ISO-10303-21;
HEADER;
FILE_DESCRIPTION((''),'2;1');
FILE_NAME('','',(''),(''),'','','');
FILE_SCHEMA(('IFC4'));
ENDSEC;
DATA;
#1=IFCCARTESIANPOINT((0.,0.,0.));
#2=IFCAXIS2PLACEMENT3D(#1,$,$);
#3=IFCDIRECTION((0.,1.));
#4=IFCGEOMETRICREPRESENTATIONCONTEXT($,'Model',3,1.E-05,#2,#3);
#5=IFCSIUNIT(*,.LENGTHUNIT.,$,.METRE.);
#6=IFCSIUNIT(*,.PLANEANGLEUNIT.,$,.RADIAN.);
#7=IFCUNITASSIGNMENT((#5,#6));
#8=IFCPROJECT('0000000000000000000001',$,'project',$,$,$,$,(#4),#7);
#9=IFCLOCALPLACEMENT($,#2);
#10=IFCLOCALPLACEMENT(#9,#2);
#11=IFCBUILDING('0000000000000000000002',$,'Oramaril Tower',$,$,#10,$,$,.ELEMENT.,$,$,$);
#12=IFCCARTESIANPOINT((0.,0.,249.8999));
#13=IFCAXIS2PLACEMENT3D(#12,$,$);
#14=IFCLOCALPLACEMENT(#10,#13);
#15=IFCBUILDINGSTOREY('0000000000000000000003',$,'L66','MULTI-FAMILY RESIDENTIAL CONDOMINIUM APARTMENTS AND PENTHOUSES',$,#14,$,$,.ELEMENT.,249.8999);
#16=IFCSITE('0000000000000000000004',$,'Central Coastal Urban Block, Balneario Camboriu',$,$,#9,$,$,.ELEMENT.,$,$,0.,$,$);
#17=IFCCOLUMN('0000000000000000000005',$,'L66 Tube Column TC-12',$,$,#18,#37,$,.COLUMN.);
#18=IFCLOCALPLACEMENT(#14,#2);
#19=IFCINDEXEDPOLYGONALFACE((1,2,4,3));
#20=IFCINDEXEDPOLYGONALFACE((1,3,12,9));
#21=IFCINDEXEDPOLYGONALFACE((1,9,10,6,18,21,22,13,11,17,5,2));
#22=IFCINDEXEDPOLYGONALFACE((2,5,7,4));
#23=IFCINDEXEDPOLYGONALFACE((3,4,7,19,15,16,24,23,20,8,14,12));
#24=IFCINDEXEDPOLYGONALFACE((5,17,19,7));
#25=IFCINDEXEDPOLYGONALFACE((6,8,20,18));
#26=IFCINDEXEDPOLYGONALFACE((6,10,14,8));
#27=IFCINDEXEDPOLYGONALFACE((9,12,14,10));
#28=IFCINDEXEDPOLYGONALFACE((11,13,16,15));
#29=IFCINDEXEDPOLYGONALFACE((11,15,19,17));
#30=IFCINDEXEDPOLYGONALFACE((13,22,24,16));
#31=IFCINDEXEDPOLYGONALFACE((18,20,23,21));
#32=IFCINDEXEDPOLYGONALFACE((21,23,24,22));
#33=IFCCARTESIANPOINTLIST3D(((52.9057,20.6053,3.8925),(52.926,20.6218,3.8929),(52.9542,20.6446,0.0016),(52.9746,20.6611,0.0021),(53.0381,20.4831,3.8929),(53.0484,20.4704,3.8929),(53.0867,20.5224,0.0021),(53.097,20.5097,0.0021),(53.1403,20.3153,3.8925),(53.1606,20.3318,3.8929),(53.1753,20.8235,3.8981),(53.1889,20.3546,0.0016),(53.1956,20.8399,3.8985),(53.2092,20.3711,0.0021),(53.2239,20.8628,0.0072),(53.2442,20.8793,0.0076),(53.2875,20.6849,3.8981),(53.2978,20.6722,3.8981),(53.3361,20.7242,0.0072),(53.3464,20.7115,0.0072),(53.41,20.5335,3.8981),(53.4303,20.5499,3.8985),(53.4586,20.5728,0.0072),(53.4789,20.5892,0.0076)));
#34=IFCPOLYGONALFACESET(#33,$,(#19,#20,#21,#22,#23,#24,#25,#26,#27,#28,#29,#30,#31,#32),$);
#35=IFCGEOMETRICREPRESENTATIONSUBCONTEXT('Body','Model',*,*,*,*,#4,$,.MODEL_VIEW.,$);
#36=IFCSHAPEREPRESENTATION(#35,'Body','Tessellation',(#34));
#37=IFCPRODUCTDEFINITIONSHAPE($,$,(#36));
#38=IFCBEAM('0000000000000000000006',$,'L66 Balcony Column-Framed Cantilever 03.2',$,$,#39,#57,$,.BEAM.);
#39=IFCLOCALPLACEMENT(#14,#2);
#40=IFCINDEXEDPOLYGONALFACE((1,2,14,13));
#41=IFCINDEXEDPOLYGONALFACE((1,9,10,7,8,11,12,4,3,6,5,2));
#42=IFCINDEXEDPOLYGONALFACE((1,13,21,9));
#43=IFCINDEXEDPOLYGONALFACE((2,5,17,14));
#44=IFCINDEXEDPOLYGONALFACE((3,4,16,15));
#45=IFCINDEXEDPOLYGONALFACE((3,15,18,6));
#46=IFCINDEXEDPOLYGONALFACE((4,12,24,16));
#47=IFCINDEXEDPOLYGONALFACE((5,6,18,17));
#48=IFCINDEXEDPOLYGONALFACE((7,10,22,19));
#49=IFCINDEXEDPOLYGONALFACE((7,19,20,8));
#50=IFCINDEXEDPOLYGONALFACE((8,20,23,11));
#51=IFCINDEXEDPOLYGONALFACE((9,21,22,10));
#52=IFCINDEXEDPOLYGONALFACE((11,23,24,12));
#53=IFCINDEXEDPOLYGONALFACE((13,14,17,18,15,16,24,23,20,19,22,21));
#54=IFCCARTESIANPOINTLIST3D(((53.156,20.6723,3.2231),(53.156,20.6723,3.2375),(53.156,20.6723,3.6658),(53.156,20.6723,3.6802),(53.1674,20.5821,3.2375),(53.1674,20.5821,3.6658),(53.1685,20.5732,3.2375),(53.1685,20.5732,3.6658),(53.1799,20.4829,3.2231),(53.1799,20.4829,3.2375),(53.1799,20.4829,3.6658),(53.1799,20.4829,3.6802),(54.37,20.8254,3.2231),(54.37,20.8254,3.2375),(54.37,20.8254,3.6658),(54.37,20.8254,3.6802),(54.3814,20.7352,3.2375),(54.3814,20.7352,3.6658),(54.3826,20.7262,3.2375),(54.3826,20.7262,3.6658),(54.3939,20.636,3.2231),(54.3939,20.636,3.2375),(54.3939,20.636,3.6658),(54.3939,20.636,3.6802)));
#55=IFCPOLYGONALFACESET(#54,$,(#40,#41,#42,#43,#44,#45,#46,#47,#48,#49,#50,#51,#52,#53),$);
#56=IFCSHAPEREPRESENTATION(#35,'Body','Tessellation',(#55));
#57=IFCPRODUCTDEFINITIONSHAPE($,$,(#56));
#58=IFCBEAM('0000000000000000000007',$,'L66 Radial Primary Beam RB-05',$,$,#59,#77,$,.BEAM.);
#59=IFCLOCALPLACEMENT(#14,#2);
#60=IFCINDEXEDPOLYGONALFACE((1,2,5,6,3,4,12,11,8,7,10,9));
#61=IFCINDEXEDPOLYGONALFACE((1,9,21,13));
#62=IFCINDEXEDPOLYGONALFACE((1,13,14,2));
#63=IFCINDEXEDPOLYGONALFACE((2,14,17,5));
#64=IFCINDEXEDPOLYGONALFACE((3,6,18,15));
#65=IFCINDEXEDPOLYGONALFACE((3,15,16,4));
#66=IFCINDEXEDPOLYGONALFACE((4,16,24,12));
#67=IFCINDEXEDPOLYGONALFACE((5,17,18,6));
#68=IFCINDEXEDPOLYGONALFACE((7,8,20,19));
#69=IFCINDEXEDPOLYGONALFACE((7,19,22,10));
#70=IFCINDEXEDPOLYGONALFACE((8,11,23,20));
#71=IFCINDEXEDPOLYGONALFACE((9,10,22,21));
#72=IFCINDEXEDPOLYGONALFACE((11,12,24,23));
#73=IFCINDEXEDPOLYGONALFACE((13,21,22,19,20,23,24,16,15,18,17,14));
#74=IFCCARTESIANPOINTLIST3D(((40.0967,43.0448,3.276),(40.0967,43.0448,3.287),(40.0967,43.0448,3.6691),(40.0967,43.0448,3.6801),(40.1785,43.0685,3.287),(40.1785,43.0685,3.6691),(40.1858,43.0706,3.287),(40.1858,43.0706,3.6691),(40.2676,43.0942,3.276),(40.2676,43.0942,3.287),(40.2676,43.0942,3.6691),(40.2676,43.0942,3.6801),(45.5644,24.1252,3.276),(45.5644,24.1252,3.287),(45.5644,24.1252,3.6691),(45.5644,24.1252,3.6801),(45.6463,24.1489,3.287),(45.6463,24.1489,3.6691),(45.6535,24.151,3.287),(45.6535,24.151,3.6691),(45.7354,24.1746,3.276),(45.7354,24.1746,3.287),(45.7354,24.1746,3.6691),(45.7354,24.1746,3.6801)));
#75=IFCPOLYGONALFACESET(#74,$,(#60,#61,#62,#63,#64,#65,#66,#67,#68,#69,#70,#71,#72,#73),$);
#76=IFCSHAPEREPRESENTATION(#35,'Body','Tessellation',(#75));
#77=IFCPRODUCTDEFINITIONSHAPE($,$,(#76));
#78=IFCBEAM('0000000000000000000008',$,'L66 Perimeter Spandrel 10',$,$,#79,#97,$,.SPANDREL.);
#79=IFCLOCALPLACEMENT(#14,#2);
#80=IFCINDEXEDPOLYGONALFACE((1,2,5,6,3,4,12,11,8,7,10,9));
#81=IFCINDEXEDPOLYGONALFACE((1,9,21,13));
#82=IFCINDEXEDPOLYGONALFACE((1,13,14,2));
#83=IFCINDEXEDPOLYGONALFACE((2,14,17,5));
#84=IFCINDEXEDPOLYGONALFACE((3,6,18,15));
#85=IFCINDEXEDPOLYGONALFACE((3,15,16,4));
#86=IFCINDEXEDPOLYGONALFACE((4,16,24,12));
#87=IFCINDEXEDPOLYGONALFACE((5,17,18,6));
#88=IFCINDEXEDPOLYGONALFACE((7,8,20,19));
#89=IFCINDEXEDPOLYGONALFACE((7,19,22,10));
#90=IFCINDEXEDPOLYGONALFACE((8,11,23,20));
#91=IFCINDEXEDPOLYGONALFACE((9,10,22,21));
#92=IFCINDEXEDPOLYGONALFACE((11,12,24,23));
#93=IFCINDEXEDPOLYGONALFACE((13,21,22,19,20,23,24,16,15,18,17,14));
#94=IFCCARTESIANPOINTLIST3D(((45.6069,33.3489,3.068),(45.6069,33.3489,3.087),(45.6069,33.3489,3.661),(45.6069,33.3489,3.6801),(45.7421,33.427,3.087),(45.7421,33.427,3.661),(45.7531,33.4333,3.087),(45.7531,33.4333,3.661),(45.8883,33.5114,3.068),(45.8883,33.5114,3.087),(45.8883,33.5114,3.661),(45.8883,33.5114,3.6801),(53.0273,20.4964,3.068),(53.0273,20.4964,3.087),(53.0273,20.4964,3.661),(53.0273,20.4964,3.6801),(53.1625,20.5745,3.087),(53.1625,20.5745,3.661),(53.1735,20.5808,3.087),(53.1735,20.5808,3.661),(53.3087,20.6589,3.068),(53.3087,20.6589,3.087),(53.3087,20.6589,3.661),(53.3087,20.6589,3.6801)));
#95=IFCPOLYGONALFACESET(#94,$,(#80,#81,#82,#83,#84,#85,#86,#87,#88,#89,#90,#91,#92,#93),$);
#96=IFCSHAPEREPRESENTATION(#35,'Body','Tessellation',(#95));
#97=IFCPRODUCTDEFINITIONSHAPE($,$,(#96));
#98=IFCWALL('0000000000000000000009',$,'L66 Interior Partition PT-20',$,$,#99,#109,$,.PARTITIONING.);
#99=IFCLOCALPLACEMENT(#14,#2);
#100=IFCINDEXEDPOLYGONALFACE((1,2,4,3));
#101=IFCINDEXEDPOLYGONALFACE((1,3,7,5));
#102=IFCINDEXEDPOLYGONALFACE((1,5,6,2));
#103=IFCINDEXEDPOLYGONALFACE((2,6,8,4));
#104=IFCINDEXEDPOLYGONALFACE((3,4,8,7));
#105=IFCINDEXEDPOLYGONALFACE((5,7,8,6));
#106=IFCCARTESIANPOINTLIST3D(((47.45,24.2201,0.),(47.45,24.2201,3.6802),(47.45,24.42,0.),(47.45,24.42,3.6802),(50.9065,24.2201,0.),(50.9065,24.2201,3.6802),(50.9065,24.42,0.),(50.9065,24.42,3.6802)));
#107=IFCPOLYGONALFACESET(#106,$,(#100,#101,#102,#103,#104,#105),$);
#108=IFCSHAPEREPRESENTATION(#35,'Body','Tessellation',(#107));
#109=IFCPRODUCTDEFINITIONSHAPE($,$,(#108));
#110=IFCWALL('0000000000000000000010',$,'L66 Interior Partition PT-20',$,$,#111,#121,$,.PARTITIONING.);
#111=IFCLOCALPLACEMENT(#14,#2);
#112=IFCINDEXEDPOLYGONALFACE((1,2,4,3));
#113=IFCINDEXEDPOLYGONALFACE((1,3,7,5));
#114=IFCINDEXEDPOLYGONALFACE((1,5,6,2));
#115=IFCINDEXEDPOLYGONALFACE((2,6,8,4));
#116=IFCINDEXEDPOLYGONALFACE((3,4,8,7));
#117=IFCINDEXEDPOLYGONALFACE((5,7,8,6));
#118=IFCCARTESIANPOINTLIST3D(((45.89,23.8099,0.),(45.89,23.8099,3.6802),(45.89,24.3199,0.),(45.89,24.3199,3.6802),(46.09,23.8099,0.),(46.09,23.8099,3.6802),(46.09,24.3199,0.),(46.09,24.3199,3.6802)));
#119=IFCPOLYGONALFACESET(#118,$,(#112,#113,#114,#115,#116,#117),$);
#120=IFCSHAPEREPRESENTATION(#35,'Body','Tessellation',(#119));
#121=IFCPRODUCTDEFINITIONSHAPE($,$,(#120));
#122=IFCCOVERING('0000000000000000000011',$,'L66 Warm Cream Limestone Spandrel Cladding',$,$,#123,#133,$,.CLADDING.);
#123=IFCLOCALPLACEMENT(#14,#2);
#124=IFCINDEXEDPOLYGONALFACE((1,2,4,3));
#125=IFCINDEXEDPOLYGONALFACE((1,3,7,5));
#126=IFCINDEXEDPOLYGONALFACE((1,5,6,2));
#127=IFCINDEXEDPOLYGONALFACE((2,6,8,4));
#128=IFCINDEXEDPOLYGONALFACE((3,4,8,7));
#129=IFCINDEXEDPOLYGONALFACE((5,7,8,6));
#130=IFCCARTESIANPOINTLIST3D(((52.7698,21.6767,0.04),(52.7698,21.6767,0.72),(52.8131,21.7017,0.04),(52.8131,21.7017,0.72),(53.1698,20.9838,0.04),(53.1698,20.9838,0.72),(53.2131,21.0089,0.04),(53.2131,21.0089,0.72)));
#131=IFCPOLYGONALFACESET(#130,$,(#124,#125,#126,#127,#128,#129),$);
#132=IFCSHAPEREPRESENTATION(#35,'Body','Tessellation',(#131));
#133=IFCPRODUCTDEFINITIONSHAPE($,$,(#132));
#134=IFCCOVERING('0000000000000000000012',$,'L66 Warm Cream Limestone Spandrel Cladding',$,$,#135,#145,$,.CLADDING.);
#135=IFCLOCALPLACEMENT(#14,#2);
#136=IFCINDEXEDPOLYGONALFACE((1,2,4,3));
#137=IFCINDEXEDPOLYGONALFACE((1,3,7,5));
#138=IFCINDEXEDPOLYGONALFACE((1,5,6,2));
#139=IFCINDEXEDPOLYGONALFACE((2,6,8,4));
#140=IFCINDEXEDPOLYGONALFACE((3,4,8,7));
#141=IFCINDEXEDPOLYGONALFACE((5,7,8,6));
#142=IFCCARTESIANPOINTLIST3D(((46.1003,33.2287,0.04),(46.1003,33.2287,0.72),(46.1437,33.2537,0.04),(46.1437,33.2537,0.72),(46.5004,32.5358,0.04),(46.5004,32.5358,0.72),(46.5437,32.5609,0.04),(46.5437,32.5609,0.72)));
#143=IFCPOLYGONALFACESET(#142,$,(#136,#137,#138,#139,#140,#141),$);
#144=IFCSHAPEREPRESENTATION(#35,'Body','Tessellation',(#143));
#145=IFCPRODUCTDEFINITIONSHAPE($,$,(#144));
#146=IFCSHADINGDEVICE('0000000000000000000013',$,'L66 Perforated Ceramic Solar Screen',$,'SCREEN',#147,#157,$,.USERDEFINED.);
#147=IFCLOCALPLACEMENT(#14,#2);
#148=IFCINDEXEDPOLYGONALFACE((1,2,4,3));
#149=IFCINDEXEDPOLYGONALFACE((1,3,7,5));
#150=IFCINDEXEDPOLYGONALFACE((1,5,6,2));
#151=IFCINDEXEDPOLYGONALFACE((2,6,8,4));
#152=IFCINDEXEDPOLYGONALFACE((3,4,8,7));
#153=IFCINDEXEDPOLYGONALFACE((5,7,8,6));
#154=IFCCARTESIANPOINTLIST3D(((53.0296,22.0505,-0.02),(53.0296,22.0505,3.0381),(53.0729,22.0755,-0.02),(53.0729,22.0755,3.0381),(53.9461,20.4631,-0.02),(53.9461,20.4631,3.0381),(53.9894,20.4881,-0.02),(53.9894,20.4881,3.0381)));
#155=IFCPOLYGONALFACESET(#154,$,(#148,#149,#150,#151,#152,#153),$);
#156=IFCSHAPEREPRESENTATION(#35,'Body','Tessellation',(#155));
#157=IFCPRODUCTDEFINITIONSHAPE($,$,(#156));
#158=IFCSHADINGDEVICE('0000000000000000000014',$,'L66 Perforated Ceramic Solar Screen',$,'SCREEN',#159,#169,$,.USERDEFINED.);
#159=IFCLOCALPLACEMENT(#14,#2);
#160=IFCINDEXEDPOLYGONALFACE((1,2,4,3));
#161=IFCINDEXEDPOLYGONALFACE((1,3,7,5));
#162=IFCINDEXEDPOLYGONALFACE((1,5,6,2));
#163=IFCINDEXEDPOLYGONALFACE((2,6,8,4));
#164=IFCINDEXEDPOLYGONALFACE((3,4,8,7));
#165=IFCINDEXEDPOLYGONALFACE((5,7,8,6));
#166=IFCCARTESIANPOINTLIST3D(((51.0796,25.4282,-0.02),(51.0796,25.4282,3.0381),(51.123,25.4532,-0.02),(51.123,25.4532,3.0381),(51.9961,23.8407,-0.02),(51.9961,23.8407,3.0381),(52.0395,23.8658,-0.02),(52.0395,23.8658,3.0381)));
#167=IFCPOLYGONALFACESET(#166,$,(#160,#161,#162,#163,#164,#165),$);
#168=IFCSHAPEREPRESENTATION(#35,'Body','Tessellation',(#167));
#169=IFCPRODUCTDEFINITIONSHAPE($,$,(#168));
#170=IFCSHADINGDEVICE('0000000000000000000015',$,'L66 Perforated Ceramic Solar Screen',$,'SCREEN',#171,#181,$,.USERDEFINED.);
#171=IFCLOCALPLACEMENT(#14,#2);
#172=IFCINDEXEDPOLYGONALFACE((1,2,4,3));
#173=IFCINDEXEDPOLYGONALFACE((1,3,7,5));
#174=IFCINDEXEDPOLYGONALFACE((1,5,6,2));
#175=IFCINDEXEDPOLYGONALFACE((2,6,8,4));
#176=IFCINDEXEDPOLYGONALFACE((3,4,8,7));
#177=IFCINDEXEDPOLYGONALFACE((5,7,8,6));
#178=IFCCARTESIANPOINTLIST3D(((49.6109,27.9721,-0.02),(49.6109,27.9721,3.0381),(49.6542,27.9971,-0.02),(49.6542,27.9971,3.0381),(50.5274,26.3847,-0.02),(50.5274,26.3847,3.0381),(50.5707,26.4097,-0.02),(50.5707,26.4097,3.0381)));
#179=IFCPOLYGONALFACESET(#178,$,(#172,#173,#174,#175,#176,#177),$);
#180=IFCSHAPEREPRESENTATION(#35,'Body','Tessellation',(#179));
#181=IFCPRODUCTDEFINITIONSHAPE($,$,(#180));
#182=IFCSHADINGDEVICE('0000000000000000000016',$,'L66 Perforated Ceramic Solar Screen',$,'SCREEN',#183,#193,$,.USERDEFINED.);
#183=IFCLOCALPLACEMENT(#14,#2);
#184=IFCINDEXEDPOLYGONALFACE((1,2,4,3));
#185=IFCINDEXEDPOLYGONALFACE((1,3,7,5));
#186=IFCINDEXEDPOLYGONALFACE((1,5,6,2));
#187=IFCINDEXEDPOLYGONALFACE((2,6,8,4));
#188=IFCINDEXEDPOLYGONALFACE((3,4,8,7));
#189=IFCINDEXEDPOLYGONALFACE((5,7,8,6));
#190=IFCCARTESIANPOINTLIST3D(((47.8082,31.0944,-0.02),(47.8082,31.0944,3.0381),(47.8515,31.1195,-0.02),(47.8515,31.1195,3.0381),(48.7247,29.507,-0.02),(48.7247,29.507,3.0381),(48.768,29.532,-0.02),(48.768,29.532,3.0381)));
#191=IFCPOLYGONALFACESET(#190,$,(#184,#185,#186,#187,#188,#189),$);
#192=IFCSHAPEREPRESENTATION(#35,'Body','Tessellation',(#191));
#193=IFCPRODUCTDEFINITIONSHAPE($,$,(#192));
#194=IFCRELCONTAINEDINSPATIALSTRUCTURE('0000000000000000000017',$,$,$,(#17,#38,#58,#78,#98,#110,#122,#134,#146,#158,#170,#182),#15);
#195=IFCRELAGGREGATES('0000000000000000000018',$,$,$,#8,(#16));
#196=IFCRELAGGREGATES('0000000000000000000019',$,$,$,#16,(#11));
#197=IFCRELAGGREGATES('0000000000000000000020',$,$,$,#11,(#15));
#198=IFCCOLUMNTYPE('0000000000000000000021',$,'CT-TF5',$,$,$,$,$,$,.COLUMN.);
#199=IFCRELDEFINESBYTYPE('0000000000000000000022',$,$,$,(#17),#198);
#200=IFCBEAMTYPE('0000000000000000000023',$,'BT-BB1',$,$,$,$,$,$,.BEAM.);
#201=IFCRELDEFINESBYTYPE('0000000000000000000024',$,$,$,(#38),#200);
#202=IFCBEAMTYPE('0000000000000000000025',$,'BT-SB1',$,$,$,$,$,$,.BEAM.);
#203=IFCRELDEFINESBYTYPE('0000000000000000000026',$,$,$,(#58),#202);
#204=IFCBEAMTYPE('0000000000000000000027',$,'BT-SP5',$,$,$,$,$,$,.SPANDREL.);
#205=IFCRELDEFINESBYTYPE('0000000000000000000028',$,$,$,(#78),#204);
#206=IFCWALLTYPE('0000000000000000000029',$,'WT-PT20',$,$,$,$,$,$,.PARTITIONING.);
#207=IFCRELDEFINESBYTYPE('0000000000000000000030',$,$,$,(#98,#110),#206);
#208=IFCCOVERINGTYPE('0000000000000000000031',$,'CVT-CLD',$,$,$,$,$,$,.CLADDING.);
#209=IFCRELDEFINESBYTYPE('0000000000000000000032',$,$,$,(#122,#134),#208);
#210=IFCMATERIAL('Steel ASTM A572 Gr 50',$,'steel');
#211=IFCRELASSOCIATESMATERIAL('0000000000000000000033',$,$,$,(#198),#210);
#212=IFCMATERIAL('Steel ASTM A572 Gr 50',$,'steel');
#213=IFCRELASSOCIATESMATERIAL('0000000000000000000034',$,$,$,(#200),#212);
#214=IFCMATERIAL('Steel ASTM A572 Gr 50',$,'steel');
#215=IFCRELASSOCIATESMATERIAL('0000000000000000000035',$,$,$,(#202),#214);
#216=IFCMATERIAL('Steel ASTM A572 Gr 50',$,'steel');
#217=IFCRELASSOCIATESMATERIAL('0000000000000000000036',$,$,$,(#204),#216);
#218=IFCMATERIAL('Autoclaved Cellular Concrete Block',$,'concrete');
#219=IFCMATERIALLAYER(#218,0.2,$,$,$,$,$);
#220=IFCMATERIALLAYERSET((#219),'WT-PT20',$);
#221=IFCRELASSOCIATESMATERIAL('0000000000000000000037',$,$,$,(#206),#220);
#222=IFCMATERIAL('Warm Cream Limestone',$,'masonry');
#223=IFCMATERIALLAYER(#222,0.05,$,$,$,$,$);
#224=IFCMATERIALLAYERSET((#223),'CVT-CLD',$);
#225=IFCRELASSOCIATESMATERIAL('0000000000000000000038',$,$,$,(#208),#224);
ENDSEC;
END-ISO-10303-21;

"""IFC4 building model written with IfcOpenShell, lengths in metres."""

from ifc_helpers import new_model, si_unit, direction, frame, frame_2d, origin, origin_2d, place, context, subcontext, project, spatial, rectangle, i_section, extrude, material, layer, layer_set, material_profile, profile_set, type_object, element, save


model = new_model("IFC4")

# Units and contexts
model_context = context("Model", 3, precision=1e-05, world=origin(), true_north=direction((0.0, 1.0)))
body_context = subcontext(model_context, "Body", "Model", "MODEL_VIEW")
ifc_project = project(units=[si_unit("LENGTHUNIT", "METRE"), si_unit("PLANEANGLEUNIT", "RADIAN")], contexts=[model_context])

# Site, building, storey
site_placement = place(None, origin())
site = spatial("IfcSite", under=ifc_project, at=site_placement, Name="Central Coastal Urban Block, Balneario Camboriu", CompositionType="ELEMENT", RefElevation=0.0)
building_placement = place(site_placement, origin())
building = spatial("IfcBuilding", under=site, at=building_placement, Name="Oramaril Tower", CompositionType="ELEMENT")
storey_placement = place(building_placement, frame((0.0, 0.0, 249.8999)))
storey = spatial("IfcBuildingStorey", under=building, at=storey_placement, Name="L66", Description="MULTI-FAMILY RESIDENTIAL CONDOMINIUM APARTMENTS AND PENTHOUSES", CompositionType="ELEMENT", Elevation=249.8999)

# Column
ifc_material_1 = material(Name="Steel ASTM A572 Gr 50", Category="steel")
ifc_material_profile_1 = material_profile(ifc_material_1, i_section(OverallWidth=0.373, OverallDepth=0.373, WebThickness=0.0164, FlangeThickness=0.0261, at=origin_2d()), Name="W14X132")
ifc_profile_set_1 = profile_set([ifc_material_profile_1], Name="Steel ASTM A572 Gr 50")
column_type = type_object("IfcColumnType", Name="CT-TF5", PredefinedType="COLUMN", material=ifc_profile_set_1)
column_placement = place(storey_placement, frame((53.2166, 20.6169, 0.0046), z_axis=(-0.012485, -0.010101, 0.999871), x_axis=(0.628973, -0.777427, 0.0)))
element("IfcColumn", 1, at=column_placement, inside=storey, type_object=column_type, Name="L66 Tube Column TC-12", PredefinedType="COLUMN", context=body_context, shape_type="SweptSolid", body=[
    extrude(i_section(OverallWidth=0.373, OverallDepth=0.373, WebThickness=0.0164, FlangeThickness=0.0261, at=origin_2d()), origin(), (0.0, 0.0, 1.0), 3.8914),
])

# Beams
ifc_material_2 = material(Name="Steel ASTM A572 Gr 50", Category="steel")
ifc_material_profile_2 = material_profile(ifc_material_2, i_section(OverallWidth=0.1909, OverallDepth=0.457, WebThickness=0.009, FlangeThickness=0.0144, at=origin_2d()), Name="W18X50")
ifc_profile_set_2 = profile_set([ifc_material_profile_2], Name="Steel ASTM A572 Gr 50")
beam_type_1 = type_object("IfcBeamType", Name="BT-BB1", PredefinedType="BEAM", material=ifc_profile_set_2)
beam_1_placement = place(storey_placement, frame((53.168, 20.5776, 3.4517), z_axis=(0.992145, 0.125091, 0.0), x_axis=(-0.125091, 0.992145, 0.0)))
element("IfcBeam", 2, at=beam_1_placement, inside=storey, type_object=beam_type_1, Name="L66 Balcony Column-Framed Cantilever 03.2", PredefinedType="BEAM", context=body_context, shape_type="SweptSolid", body=[
    extrude(i_section(OverallWidth=0.1909, OverallDepth=0.457, WebThickness=0.009, FlangeThickness=0.0144, at=origin_2d()), origin(), (0.0, 0.0, 1.0), 1.2236),
])
ifc_material_3 = material(Name="Steel ASTM A572 Gr 50", Category="steel")
ifc_material_profile_3 = material_profile(ifc_material_3, i_section(OverallWidth=0.178, OverallDepth=0.4041, WebThickness=0.0076, FlangeThickness=0.011, at=origin_2d()), Name="W16X36")
ifc_profile_set_3 = profile_set([ifc_material_profile_3], Name="Steel ASTM A572 Gr 50")
beam_type_2 = type_object("IfcBeamType", Name="BT-SB1", PredefinedType="BEAM", material=ifc_profile_set_3)
beam_2_placement = place(storey_placement, frame((45.6499, 24.1499, 3.478), z_axis=(-0.277638, 0.960686, 0.0), x_axis=(-0.960686, -0.277638, 0.0)))
element("IfcBeam", 3, at=beam_2_placement, inside=storey, type_object=beam_type_2, Name="L66 Radial Primary Beam RB-05", PredefinedType="BEAM", context=body_context, shape_type="SweptSolid", body=[
    extrude(i_section(OverallWidth=0.178, OverallDepth=0.4041, WebThickness=0.0076, FlangeThickness=0.011, at=origin_2d()), origin(), (0.0, 0.0, 1.0), 19.6938),
])
ifc_material_4 = material(Name="Steel ASTM A572 Gr 50", Category="steel")
ifc_material_profile_4 = material_profile(ifc_material_4, i_section(OverallWidth=0.325, OverallDepth=0.6121, WebThickness=0.0127, FlangeThickness=0.019, at=origin_2d()), Name="W24X104")
ifc_profile_set_4 = profile_set([ifc_material_profile_4], Name="Steel ASTM A572 Gr 50")
beam_type_3 = type_object("IfcBeamType", Name="BT-SP5", PredefinedType="SPANDREL", material=ifc_profile_set_4)
beam_3_placement = place(storey_placement, frame((53.168, 20.5776, 3.374), z_axis=(-0.5, 0.866026, 0.0), x_axis=(-0.866026, -0.5, 0.0)))
element("IfcBeam", 4, at=beam_3_placement, inside=storey, type_object=beam_type_3, Name="L66 Perimeter Spandrel 10", PredefinedType="SPANDREL", context=body_context, shape_type="SweptSolid", body=[
    extrude(i_section(OverallWidth=0.325, OverallDepth=0.6121, WebThickness=0.0127, FlangeThickness=0.019, at=origin_2d()), origin(), (0.0, 0.0, 1.0), 14.8408),
])

# Walls
ifc_material_5 = material(Name="Autoclaved Cellular Concrete Block", Category="concrete")
ifc_layer_1 = layer(ifc_material_5, 0.2)
ifc_layer_set_1 = layer_set([ifc_layer_1], Name="WT-PT20")
wall_type = type_object("IfcWallType", Name="WT-PT20", PredefinedType="PARTITIONING", material=ifc_layer_set_1)
wall_1_placement = place(storey_placement, frame((47.45, 24.3201, 0.0), z_axis=(0.0, 0.0, 1.0), x_axis=(1.0, 0.0, 0.0)))
element("IfcWall", 5, at=wall_1_placement, inside=storey, type_object=wall_type, Name="L66 Interior Partition PT-20", PredefinedType="PARTITIONING", context=body_context, shape_type="SweptSolid", body=[
    extrude(rectangle(XDim=3.4565, YDim=0.2, at=frame_2d((1.7283, 0.0))), origin(), (0.0, 0.0, 1.0), 3.6802),
])
wall_2_placement = place(storey_placement, frame((45.99, 23.8101, 0.0), z_axis=(0.0, 0.0, 1.0), x_axis=(0.0, 1.0, 0.0)))
element("IfcWall", 6, at=wall_2_placement, inside=storey, type_object=wall_type, Name="L66 Interior Partition PT-20", PredefinedType="PARTITIONING", context=body_context, shape_type="SweptSolid", body=[
    extrude(rectangle(XDim=0.51, YDim=0.2, at=frame_2d((0.2549, 0.0))), origin(), (0.0, 0.0, 1.0), 3.6802),
])

# Coverings
ifc_material_6 = material(Name="Warm Cream Limestone", Category="masonry")
ifc_layer_2 = layer(ifc_material_6, 0.05)
ifc_layer_set_2 = layer_set([ifc_layer_2], Name="CVT-CLD")
covering_type = type_object("IfcCoveringType", Name="CVT-CLD", PredefinedType="CLADDING", material=ifc_layer_set_2)
for number, where, z_axis, x_axis, name in (
    (7, (52.9915, 21.3428, 0.04), (0.0, 0.0, 1.0), (-0.499998, 0.866026, 0.0), "L66 Warm Cream Limestone Spandrel Cladding"),
    (8, (46.322, 32.8948, 0.04), (0.0, 0.0, 1.0), (-0.499998, 0.866026, 0.0), "L66 Warm Cream Limestone Spandrel Cladding"),
):
    element("IfcCovering", number, at=place(storey_placement, frame(where, z_axis=z_axis, x_axis=x_axis)), inside=storey, type_object=covering_type, Name=name, PredefinedType="CLADDING", context=body_context, shape_type="SweptSolid", body=[
        extrude(rectangle(XDim=0.8, YDim=0.05, at=origin_2d()), origin(), (0.0, 0.0, 1.0), 0.6799),
    ])

# Shading devices
for number, where, z_axis, x_axis, name in (
    (9, (53.5095, 21.2693, -0.02), (0.0, 0.0, 1.0), (-0.499998, 0.866026, 0.0), "L66 Perforated Ceramic Solar Screen"),
    (10, (51.5596, 24.647, -0.02), (0.0, 0.0, 1.0), (-0.499998, 0.866026, 0.0), "L66 Perforated Ceramic Solar Screen"),
    (11, (50.0908, 27.1909, -0.02), (0.0, 0.0, 1.0), (-0.499998, 0.866026, 0.0), "L66 Perforated Ceramic Solar Screen"),
    (12, (48.2881, 30.3132, -0.02), (0.0, 0.0, 1.0), (-0.499998, 0.866026, 0.0), "L66 Perforated Ceramic Solar Screen"),
):
    element("IfcShadingDevice", number, at=place(storey_placement, frame(where, z_axis=z_axis, x_axis=x_axis)), inside=storey, Name=name, ObjectType="SCREEN", PredefinedType="USERDEFINED", context=body_context, shape_type="SweptSolid", body=[
        extrude(rectangle(XDim=1.833, YDim=0.05, at=origin_2d()), origin(), (0.0, 0.0, 1.0), 3.0581),
    ])

save(model, "model.ifc")
